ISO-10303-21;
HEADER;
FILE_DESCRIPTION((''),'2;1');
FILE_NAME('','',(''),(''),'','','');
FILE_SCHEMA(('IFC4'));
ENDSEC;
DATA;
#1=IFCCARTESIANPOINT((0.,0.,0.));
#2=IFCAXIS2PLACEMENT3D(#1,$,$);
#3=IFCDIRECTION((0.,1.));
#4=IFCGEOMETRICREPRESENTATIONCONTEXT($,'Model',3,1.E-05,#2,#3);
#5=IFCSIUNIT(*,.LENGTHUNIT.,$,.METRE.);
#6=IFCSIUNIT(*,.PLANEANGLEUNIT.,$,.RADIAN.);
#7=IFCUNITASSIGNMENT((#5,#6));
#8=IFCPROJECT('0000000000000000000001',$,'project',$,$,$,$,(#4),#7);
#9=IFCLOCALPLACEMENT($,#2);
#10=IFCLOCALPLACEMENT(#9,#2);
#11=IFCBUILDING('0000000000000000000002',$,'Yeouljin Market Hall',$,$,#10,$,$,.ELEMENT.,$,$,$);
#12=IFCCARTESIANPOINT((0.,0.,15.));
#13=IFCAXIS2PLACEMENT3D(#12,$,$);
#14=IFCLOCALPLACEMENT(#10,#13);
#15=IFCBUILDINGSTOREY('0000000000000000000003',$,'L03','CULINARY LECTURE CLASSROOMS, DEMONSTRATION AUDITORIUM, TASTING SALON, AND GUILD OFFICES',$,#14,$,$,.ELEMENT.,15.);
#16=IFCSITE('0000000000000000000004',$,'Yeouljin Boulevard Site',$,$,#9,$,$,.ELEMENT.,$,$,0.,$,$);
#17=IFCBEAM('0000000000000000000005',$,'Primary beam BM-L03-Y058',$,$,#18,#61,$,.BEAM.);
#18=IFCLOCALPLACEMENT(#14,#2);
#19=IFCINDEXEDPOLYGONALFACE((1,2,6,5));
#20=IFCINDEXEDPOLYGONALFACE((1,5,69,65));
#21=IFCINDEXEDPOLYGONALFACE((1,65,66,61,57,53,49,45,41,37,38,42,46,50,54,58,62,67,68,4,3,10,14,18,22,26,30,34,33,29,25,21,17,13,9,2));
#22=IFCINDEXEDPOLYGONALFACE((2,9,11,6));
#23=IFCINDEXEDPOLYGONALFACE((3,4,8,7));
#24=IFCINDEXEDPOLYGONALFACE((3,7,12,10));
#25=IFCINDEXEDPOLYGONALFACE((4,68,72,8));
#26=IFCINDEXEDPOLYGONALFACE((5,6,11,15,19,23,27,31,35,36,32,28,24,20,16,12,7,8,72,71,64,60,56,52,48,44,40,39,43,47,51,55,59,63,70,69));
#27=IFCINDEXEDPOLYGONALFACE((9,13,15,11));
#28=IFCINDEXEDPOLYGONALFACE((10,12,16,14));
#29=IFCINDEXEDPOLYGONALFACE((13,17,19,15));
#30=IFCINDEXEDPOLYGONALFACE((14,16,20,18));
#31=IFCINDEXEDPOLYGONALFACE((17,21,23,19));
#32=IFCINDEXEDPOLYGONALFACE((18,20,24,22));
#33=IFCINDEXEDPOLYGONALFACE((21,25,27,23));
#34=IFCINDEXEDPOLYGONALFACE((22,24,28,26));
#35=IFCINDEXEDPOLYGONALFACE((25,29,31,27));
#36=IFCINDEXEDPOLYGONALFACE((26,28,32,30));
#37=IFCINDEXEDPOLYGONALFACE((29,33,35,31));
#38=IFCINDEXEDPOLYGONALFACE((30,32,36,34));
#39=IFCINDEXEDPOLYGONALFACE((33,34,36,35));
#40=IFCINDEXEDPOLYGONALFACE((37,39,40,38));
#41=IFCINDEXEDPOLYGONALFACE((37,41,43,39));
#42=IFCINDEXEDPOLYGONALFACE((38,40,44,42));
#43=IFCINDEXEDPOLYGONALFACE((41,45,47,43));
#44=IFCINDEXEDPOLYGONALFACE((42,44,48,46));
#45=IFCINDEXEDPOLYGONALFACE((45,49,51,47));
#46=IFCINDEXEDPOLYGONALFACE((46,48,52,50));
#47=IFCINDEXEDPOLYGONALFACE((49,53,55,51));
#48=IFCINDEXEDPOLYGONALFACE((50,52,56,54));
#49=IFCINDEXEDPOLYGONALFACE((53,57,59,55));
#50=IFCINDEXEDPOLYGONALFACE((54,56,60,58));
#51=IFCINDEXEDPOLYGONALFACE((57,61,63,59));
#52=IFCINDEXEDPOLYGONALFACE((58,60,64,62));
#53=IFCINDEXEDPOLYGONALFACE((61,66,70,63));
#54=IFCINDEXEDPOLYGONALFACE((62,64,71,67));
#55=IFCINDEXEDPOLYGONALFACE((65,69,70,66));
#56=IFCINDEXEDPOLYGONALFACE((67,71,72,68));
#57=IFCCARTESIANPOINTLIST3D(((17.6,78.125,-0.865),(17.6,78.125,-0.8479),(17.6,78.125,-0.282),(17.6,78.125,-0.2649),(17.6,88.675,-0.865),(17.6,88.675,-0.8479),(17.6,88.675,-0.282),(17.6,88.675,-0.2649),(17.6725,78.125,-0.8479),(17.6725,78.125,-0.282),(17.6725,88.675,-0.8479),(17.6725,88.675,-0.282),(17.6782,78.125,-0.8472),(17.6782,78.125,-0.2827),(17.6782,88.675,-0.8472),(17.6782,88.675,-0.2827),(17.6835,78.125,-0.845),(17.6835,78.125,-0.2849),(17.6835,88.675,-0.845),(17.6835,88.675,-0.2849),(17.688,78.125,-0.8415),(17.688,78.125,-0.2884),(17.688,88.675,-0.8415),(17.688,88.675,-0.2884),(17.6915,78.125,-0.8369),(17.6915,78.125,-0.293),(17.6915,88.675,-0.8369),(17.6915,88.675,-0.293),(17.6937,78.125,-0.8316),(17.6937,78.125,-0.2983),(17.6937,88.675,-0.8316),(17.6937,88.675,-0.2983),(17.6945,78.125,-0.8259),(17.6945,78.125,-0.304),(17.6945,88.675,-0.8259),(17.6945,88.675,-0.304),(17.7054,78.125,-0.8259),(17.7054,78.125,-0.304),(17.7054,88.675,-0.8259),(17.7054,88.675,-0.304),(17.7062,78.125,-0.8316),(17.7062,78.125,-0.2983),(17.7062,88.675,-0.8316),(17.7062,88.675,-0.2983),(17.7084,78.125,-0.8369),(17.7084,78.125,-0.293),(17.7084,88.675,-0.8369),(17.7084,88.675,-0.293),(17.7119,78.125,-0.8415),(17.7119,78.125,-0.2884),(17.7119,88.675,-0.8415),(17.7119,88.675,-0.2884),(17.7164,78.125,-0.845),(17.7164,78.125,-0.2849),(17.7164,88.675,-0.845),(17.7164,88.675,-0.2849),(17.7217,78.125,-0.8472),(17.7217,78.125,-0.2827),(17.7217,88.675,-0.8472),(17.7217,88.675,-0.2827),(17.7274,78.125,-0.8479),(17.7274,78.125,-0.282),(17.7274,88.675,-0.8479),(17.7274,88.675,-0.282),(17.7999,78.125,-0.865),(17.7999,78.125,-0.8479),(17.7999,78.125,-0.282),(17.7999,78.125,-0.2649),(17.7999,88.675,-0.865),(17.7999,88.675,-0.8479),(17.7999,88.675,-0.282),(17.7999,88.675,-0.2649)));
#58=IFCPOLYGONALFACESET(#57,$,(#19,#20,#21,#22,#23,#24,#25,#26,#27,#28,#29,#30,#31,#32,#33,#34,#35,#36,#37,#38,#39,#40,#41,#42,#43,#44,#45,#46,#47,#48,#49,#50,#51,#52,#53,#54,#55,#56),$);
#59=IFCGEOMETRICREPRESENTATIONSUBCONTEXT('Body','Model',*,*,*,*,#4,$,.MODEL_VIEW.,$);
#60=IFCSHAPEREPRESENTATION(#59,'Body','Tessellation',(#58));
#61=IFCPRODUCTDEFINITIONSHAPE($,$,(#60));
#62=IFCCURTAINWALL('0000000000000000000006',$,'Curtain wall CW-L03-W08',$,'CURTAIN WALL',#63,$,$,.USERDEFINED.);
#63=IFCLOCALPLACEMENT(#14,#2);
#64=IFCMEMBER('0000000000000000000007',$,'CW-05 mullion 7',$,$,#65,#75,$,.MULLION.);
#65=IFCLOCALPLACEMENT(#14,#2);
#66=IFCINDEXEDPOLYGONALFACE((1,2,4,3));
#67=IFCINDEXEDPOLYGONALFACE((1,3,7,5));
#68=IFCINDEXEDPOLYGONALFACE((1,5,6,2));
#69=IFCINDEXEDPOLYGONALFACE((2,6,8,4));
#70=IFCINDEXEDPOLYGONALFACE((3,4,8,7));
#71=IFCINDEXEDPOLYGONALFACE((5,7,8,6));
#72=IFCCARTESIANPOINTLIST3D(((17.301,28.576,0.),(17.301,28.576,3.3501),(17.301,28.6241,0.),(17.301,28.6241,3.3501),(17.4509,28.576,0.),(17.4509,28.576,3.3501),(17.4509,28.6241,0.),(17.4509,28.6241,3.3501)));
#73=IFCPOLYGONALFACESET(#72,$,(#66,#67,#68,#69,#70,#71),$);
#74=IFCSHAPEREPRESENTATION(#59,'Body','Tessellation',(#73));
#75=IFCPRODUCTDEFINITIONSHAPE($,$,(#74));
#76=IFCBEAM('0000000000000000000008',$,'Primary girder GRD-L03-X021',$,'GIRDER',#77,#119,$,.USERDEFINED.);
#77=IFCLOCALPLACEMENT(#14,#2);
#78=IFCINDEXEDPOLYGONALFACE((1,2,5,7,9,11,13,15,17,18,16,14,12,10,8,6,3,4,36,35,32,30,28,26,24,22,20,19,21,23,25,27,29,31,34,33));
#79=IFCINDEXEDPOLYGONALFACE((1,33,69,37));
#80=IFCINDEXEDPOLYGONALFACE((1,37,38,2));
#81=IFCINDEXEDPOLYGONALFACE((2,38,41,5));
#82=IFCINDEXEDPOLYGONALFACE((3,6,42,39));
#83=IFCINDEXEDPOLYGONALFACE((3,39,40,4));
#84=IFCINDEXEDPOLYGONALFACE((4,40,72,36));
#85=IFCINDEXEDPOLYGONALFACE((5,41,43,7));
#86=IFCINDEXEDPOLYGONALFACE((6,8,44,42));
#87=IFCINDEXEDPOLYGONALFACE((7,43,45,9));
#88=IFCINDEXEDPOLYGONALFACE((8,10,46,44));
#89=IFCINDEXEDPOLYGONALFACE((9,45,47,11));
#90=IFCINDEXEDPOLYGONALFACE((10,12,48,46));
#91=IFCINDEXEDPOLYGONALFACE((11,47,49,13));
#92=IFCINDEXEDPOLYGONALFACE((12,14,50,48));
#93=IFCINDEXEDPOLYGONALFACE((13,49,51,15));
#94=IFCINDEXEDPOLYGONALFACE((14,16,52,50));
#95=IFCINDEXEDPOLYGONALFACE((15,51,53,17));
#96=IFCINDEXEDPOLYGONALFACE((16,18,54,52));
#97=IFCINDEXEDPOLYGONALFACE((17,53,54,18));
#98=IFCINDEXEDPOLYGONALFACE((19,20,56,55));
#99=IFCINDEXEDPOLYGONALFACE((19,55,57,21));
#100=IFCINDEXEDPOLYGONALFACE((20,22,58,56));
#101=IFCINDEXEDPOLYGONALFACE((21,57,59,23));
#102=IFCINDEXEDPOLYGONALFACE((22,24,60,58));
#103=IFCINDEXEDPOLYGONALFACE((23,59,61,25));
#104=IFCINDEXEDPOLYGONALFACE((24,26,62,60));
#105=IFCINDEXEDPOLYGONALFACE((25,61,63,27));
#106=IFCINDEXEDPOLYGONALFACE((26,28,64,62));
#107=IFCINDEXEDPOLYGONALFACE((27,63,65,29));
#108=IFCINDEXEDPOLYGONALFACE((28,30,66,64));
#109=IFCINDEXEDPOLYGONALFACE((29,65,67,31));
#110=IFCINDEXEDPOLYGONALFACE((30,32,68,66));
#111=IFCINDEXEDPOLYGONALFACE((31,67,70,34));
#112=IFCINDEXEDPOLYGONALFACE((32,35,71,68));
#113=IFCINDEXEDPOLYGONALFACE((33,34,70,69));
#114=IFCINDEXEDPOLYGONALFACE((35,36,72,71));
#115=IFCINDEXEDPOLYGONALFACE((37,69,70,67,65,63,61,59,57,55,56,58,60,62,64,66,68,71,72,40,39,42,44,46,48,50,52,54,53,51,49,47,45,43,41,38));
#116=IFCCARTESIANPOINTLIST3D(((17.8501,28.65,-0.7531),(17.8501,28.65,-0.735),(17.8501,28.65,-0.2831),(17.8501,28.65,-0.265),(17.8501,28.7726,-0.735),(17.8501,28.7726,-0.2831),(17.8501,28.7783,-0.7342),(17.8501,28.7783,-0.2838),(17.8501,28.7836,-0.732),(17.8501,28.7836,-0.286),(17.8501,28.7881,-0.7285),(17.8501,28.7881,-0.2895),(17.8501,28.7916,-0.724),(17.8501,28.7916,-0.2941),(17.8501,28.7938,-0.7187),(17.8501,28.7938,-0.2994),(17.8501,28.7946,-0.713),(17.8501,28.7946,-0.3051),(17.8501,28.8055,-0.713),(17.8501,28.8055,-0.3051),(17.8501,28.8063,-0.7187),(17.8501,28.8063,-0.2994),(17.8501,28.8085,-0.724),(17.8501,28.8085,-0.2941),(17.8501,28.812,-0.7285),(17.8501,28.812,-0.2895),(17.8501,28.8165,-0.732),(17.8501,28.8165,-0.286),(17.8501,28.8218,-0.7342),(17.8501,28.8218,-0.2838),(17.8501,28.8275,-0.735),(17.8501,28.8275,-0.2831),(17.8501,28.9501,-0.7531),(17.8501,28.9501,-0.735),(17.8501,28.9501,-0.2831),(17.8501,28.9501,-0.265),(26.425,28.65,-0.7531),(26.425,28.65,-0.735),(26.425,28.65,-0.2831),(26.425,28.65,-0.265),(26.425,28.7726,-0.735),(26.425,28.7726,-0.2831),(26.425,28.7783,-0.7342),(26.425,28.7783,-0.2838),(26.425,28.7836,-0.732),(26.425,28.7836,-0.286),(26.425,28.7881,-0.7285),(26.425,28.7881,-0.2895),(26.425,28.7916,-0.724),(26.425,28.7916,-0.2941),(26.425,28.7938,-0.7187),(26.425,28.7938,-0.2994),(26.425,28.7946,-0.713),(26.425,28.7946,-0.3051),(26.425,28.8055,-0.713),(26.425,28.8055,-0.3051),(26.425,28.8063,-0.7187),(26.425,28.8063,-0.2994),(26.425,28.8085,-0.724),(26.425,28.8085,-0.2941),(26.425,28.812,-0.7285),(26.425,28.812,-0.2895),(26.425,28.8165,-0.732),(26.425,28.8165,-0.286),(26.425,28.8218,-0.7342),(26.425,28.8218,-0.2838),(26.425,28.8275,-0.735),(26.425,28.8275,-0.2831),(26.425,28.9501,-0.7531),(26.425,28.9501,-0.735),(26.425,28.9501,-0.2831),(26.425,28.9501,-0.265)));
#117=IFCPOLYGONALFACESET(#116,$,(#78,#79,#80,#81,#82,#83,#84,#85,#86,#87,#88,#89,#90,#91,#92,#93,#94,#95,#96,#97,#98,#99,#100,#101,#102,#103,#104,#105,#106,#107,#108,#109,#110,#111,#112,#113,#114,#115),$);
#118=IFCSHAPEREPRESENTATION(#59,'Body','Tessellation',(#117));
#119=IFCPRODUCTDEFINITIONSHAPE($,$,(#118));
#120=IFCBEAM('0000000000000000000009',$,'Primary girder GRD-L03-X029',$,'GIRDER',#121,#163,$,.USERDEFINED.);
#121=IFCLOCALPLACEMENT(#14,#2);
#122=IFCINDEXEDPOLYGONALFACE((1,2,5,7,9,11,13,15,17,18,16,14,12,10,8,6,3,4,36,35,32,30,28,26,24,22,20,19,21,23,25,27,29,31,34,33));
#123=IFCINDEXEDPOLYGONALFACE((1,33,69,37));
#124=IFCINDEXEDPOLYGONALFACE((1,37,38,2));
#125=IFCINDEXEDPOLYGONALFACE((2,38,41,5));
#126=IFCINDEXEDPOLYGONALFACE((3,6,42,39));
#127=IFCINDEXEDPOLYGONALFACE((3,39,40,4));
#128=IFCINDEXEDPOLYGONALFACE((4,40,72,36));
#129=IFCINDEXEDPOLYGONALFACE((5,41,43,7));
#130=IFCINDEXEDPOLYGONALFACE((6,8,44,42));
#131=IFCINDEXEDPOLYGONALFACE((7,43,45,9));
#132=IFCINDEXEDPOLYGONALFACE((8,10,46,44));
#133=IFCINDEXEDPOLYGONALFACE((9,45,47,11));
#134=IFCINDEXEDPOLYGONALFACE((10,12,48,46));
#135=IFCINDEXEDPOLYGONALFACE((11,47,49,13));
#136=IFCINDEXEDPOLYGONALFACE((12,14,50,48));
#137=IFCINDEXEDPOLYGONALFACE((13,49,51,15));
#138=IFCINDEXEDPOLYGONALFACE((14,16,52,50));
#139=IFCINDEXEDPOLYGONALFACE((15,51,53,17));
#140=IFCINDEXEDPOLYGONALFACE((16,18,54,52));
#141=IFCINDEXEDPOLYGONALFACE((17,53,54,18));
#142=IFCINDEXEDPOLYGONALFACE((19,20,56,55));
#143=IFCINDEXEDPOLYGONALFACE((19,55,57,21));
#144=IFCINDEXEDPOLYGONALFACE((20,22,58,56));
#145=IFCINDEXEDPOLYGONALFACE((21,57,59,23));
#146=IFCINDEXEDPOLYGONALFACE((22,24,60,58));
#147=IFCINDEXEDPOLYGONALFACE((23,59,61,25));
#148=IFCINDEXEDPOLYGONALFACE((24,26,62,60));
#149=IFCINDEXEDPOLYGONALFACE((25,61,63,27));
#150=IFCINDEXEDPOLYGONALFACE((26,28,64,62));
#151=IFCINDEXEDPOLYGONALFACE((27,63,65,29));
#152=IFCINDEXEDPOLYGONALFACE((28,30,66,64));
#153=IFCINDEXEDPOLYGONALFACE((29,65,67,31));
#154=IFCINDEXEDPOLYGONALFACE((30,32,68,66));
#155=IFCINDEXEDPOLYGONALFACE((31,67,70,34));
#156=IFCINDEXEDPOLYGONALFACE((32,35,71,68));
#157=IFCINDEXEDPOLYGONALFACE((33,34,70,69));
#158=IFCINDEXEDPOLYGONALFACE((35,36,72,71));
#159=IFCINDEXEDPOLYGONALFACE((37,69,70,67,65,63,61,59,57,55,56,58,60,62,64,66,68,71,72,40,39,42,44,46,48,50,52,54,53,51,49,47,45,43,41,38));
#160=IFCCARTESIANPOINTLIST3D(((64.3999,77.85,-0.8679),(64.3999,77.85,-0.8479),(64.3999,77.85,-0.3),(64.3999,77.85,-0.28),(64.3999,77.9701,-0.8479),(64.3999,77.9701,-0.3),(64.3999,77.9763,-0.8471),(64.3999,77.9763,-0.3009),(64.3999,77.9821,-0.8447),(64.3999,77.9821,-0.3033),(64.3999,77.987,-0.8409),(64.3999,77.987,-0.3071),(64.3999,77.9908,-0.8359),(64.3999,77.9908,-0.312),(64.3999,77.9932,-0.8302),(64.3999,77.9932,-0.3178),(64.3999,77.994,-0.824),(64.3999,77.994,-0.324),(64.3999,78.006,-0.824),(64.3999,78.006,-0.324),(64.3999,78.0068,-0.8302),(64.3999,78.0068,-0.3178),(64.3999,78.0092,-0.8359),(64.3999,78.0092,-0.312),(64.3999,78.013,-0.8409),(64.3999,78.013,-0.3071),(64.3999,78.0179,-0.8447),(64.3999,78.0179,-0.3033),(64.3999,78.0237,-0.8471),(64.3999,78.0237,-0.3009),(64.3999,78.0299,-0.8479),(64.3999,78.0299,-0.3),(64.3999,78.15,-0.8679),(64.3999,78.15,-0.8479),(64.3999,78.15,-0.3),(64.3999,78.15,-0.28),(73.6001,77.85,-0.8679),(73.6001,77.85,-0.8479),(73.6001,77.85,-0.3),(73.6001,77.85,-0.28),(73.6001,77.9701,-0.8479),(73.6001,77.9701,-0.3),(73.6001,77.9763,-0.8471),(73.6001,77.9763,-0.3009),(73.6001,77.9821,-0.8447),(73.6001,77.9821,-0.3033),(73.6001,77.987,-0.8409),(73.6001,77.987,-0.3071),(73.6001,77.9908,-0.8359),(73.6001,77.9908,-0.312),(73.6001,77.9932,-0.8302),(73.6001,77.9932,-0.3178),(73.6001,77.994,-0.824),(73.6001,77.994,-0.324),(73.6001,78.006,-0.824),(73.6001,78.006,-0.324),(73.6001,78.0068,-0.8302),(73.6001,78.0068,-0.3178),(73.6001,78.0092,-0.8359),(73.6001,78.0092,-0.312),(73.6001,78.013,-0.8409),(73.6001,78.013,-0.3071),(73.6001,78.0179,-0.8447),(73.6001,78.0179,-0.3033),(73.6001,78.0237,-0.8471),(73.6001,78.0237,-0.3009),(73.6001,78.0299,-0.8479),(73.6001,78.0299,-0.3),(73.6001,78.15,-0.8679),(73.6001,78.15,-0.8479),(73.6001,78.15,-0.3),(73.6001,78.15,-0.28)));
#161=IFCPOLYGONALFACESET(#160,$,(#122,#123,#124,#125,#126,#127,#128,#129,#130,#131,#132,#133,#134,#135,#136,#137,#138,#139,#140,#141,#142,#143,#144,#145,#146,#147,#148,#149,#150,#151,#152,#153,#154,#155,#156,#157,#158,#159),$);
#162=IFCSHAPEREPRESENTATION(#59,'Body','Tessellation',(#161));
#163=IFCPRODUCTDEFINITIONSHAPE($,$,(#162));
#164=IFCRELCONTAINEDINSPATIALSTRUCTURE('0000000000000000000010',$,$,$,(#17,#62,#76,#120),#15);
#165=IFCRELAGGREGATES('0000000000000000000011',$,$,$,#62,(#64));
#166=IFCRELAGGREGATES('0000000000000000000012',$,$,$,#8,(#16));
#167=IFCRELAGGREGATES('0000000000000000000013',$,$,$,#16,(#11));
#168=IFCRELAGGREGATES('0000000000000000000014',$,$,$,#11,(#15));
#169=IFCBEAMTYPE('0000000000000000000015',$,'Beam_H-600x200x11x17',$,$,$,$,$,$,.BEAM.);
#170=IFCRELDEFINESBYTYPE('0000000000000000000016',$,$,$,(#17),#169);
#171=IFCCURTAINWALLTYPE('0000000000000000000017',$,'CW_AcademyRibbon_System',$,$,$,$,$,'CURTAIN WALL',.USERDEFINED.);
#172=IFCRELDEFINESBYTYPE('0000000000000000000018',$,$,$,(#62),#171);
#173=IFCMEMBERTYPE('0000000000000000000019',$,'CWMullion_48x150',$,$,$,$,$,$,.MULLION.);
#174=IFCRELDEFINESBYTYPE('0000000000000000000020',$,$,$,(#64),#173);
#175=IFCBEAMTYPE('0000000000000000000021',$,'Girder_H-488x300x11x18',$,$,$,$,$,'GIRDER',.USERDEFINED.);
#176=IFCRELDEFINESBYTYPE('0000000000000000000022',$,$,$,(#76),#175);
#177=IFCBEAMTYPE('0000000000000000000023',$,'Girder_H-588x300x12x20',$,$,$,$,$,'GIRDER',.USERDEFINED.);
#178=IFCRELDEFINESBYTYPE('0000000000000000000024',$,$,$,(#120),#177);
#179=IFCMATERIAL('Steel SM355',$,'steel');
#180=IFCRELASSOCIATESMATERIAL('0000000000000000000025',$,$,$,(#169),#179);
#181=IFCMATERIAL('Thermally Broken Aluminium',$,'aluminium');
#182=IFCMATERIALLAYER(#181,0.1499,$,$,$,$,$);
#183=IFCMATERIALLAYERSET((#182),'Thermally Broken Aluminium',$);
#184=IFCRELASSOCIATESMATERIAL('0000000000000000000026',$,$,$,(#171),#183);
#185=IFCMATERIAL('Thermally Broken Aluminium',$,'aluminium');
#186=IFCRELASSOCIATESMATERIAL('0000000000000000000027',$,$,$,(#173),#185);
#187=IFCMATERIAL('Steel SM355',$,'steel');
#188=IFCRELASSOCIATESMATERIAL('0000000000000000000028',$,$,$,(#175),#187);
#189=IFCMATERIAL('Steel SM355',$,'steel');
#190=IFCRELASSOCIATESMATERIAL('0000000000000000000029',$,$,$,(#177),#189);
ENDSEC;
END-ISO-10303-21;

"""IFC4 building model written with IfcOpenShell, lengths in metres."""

from ifc_helpers import new_model, si_unit, direction, frame, origin, origin_2d, place, context, subcontext, project, spatial, rectangle, i_section, extrude, material, layer, layer_set, material_profile, profile_set, type_object, element, aggregate, save


model = new_model("IFC4")

# Units and contexts
model_context = context("Model", 3, precision=1e-05, world=origin(), true_north=direction((0.0, 1.0)))
body_context = subcontext(model_context, "Body", "Model", "MODEL_VIEW")
ifc_project = project(units=[si_unit("LENGTHUNIT", "METRE"), si_unit("PLANEANGLEUNIT", "RADIAN")], contexts=[model_context])

# Site, building, storey
site_placement = place(None, origin())
site = spatial("IfcSite", under=ifc_project, at=site_placement, Name="Yeouljin Boulevard Site", CompositionType="ELEMENT", RefElevation=0.0)
building_placement = place(site_placement, origin())
building = spatial("IfcBuilding", under=site, at=building_placement, Name="Yeouljin Market Hall", CompositionType="ELEMENT")
storey_placement = place(building_placement, frame((0.0, 0.0, 15.0)))
storey = spatial("IfcBuildingStorey", under=building, at=storey_placement, Name="L03", Description="CULINARY LECTURE CLASSROOMS, DEMONSTRATION AUDITORIUM, TASTING SALON, AND GUILD OFFICES", CompositionType="ELEMENT", Elevation=15.0)

# Beam
ifc_material_1 = material(Name="Steel SM355", Category="steel")
ifc_material_profile_1 = material_profile(ifc_material_1, i_section(OverallWidth=0.2, OverallDepth=0.6001, WebThickness=0.011, FlangeThickness=0.0171, FilletRadius=0.022, at=origin_2d()), Name="H-600x200x11x17")
ifc_profile_set_1 = profile_set([ifc_material_profile_1], Name="Steel SM355")
beam_type_1 = type_object("IfcBeamType", Name="Beam_H-600x200x11x17", PredefinedType="BEAM", material=ifc_profile_set_1)
beam_1_placement = place(storey_placement, frame((17.7, 78.125, -0.5649), z_axis=(0.0, 1.0, 0.0), x_axis=(-1.0, 0.0, 0.0)))
element("IfcBeam", 1, at=beam_1_placement, inside=storey, type_object=beam_type_1, Name="Primary beam BM-L03-Y058", PredefinedType="BEAM", context=body_context, shape_type="SweptSolid", body=[
    extrude(i_section(OverallWidth=0.2, OverallDepth=0.6001, WebThickness=0.011, FlangeThickness=0.0171, FilletRadius=0.022, at=origin_2d()), origin(), (0.0, 0.0, 1.0), 10.55),
])

# Curtain wall, member
ifc_material_2 = material(Name="Thermally Broken Aluminium", Category="aluminium")
ifc_layer_1 = layer(ifc_material_2, 0.1499)
ifc_layer_set_1 = layer_set([ifc_layer_1], Name="Thermally Broken Aluminium")
curtain_wall_type = type_object("IfcCurtainWallType", Name="CW_AcademyRibbon_System", ElementType="CURTAIN WALL", PredefinedType="USERDEFINED", material=ifc_layer_set_1)
curtain_wall_placement = place(storey_placement, origin())
curtain_wall = element("IfcCurtainWall", 2, at=curtain_wall_placement, inside=storey, type_object=curtain_wall_type, Name="Curtain wall CW-L03-W08", ObjectType="CURTAIN WALL", PredefinedType="USERDEFINED")
ifc_material_3 = material(Name="Thermally Broken Aluminium", Category="aluminium")
ifc_material_profile_2 = material_profile(ifc_material_3, rectangle(XDim=0.0481, YDim=0.1499, at=origin_2d()), Name="CW-MULL-48x150")
ifc_profile_set_2 = profile_set([ifc_material_profile_2], Name="Thermally Broken Aluminium")
member_type = type_object("IfcMemberType", Name="CWMullion_48x150", PredefinedType="MULLION", material=ifc_profile_set_2)
member_placement = place(storey_placement, frame((17.376, 28.6001, 0.0), z_axis=(0.0, 0.0, 1.0), x_axis=(0.0, 1.0, 0.0)))
member = element("IfcMember", 3, at=member_placement, type_object=member_type, Name="CW-05 mullion 7", PredefinedType="MULLION", context=body_context, shape_type="SweptSolid", body=[
    extrude(rectangle(XDim=0.0481, YDim=0.1499, at=origin_2d()), origin(), (0.0, 0.0, 1.0), 3.3501),
])

# Beams
ifc_material_4 = material(Name="Steel SM355", Category="steel")
ifc_material_profile_3 = material_profile(ifc_material_4, i_section(OverallWidth=0.3, OverallDepth=0.488, WebThickness=0.011, FlangeThickness=0.0181, FilletRadius=0.022, at=origin_2d()), Name="H-488x300x11x18")
ifc_profile_set_3 = profile_set([ifc_material_profile_3], Name="Steel SM355")
beam_type_2 = type_object("IfcBeamType", Name="Girder_H-488x300x11x18", ElementType="GIRDER", PredefinedType="USERDEFINED", material=ifc_profile_set_3)
beam_2_placement = place(storey_placement, frame((17.8501, 28.8, -0.509), z_axis=(1.0, 0.0, 0.0), x_axis=(0.0, 1.0, 0.0)))
element("IfcBeam", 4, at=beam_2_placement, inside=storey, type_object=beam_type_2, Name="Primary girder GRD-L03-X021", ObjectType="GIRDER", PredefinedType="USERDEFINED", context=body_context, shape_type="SweptSolid", body=[
    extrude(i_section(OverallWidth=0.3, OverallDepth=0.488, WebThickness=0.011, FlangeThickness=0.0181, FilletRadius=0.022, at=origin_2d()), origin(), (0.0, 0.0, 1.0), 8.575),
])
ifc_material_5 = material(Name="Steel SM355", Category="steel")
ifc_material_profile_4 = material_profile(ifc_material_5, i_section(OverallWidth=0.3, OverallDepth=0.5879, WebThickness=0.012, FlangeThickness=0.02, FilletRadius=0.0239, at=origin_2d()), Name="H-588x300x12x20")
ifc_profile_set_4 = profile_set([ifc_material_profile_4], Name="Steel SM355")
beam_type_3 = type_object("IfcBeamType", Name="Girder_H-588x300x12x20", ElementType="GIRDER", PredefinedType="USERDEFINED", material=ifc_profile_set_4)
beam_3_placement = place(storey_placement, frame((64.3999, 78.0, -0.574), z_axis=(1.0, 0.0, 0.0), x_axis=(0.0, 1.0, 0.0)))
element("IfcBeam", 5, at=beam_3_placement, inside=storey, type_object=beam_type_3, Name="Primary girder GRD-L03-X029", ObjectType="GIRDER", PredefinedType="USERDEFINED", context=body_context, shape_type="SweptSolid", body=[
    extrude(i_section(OverallWidth=0.3, OverallDepth=0.5879, WebThickness=0.012, FlangeThickness=0.02, FilletRadius=0.0239, at=origin_2d()), origin(), (0.0, 0.0, 1.0), 9.2002),
])

aggregate(curtain_wall, [member])

save(model, "model.ifc")
